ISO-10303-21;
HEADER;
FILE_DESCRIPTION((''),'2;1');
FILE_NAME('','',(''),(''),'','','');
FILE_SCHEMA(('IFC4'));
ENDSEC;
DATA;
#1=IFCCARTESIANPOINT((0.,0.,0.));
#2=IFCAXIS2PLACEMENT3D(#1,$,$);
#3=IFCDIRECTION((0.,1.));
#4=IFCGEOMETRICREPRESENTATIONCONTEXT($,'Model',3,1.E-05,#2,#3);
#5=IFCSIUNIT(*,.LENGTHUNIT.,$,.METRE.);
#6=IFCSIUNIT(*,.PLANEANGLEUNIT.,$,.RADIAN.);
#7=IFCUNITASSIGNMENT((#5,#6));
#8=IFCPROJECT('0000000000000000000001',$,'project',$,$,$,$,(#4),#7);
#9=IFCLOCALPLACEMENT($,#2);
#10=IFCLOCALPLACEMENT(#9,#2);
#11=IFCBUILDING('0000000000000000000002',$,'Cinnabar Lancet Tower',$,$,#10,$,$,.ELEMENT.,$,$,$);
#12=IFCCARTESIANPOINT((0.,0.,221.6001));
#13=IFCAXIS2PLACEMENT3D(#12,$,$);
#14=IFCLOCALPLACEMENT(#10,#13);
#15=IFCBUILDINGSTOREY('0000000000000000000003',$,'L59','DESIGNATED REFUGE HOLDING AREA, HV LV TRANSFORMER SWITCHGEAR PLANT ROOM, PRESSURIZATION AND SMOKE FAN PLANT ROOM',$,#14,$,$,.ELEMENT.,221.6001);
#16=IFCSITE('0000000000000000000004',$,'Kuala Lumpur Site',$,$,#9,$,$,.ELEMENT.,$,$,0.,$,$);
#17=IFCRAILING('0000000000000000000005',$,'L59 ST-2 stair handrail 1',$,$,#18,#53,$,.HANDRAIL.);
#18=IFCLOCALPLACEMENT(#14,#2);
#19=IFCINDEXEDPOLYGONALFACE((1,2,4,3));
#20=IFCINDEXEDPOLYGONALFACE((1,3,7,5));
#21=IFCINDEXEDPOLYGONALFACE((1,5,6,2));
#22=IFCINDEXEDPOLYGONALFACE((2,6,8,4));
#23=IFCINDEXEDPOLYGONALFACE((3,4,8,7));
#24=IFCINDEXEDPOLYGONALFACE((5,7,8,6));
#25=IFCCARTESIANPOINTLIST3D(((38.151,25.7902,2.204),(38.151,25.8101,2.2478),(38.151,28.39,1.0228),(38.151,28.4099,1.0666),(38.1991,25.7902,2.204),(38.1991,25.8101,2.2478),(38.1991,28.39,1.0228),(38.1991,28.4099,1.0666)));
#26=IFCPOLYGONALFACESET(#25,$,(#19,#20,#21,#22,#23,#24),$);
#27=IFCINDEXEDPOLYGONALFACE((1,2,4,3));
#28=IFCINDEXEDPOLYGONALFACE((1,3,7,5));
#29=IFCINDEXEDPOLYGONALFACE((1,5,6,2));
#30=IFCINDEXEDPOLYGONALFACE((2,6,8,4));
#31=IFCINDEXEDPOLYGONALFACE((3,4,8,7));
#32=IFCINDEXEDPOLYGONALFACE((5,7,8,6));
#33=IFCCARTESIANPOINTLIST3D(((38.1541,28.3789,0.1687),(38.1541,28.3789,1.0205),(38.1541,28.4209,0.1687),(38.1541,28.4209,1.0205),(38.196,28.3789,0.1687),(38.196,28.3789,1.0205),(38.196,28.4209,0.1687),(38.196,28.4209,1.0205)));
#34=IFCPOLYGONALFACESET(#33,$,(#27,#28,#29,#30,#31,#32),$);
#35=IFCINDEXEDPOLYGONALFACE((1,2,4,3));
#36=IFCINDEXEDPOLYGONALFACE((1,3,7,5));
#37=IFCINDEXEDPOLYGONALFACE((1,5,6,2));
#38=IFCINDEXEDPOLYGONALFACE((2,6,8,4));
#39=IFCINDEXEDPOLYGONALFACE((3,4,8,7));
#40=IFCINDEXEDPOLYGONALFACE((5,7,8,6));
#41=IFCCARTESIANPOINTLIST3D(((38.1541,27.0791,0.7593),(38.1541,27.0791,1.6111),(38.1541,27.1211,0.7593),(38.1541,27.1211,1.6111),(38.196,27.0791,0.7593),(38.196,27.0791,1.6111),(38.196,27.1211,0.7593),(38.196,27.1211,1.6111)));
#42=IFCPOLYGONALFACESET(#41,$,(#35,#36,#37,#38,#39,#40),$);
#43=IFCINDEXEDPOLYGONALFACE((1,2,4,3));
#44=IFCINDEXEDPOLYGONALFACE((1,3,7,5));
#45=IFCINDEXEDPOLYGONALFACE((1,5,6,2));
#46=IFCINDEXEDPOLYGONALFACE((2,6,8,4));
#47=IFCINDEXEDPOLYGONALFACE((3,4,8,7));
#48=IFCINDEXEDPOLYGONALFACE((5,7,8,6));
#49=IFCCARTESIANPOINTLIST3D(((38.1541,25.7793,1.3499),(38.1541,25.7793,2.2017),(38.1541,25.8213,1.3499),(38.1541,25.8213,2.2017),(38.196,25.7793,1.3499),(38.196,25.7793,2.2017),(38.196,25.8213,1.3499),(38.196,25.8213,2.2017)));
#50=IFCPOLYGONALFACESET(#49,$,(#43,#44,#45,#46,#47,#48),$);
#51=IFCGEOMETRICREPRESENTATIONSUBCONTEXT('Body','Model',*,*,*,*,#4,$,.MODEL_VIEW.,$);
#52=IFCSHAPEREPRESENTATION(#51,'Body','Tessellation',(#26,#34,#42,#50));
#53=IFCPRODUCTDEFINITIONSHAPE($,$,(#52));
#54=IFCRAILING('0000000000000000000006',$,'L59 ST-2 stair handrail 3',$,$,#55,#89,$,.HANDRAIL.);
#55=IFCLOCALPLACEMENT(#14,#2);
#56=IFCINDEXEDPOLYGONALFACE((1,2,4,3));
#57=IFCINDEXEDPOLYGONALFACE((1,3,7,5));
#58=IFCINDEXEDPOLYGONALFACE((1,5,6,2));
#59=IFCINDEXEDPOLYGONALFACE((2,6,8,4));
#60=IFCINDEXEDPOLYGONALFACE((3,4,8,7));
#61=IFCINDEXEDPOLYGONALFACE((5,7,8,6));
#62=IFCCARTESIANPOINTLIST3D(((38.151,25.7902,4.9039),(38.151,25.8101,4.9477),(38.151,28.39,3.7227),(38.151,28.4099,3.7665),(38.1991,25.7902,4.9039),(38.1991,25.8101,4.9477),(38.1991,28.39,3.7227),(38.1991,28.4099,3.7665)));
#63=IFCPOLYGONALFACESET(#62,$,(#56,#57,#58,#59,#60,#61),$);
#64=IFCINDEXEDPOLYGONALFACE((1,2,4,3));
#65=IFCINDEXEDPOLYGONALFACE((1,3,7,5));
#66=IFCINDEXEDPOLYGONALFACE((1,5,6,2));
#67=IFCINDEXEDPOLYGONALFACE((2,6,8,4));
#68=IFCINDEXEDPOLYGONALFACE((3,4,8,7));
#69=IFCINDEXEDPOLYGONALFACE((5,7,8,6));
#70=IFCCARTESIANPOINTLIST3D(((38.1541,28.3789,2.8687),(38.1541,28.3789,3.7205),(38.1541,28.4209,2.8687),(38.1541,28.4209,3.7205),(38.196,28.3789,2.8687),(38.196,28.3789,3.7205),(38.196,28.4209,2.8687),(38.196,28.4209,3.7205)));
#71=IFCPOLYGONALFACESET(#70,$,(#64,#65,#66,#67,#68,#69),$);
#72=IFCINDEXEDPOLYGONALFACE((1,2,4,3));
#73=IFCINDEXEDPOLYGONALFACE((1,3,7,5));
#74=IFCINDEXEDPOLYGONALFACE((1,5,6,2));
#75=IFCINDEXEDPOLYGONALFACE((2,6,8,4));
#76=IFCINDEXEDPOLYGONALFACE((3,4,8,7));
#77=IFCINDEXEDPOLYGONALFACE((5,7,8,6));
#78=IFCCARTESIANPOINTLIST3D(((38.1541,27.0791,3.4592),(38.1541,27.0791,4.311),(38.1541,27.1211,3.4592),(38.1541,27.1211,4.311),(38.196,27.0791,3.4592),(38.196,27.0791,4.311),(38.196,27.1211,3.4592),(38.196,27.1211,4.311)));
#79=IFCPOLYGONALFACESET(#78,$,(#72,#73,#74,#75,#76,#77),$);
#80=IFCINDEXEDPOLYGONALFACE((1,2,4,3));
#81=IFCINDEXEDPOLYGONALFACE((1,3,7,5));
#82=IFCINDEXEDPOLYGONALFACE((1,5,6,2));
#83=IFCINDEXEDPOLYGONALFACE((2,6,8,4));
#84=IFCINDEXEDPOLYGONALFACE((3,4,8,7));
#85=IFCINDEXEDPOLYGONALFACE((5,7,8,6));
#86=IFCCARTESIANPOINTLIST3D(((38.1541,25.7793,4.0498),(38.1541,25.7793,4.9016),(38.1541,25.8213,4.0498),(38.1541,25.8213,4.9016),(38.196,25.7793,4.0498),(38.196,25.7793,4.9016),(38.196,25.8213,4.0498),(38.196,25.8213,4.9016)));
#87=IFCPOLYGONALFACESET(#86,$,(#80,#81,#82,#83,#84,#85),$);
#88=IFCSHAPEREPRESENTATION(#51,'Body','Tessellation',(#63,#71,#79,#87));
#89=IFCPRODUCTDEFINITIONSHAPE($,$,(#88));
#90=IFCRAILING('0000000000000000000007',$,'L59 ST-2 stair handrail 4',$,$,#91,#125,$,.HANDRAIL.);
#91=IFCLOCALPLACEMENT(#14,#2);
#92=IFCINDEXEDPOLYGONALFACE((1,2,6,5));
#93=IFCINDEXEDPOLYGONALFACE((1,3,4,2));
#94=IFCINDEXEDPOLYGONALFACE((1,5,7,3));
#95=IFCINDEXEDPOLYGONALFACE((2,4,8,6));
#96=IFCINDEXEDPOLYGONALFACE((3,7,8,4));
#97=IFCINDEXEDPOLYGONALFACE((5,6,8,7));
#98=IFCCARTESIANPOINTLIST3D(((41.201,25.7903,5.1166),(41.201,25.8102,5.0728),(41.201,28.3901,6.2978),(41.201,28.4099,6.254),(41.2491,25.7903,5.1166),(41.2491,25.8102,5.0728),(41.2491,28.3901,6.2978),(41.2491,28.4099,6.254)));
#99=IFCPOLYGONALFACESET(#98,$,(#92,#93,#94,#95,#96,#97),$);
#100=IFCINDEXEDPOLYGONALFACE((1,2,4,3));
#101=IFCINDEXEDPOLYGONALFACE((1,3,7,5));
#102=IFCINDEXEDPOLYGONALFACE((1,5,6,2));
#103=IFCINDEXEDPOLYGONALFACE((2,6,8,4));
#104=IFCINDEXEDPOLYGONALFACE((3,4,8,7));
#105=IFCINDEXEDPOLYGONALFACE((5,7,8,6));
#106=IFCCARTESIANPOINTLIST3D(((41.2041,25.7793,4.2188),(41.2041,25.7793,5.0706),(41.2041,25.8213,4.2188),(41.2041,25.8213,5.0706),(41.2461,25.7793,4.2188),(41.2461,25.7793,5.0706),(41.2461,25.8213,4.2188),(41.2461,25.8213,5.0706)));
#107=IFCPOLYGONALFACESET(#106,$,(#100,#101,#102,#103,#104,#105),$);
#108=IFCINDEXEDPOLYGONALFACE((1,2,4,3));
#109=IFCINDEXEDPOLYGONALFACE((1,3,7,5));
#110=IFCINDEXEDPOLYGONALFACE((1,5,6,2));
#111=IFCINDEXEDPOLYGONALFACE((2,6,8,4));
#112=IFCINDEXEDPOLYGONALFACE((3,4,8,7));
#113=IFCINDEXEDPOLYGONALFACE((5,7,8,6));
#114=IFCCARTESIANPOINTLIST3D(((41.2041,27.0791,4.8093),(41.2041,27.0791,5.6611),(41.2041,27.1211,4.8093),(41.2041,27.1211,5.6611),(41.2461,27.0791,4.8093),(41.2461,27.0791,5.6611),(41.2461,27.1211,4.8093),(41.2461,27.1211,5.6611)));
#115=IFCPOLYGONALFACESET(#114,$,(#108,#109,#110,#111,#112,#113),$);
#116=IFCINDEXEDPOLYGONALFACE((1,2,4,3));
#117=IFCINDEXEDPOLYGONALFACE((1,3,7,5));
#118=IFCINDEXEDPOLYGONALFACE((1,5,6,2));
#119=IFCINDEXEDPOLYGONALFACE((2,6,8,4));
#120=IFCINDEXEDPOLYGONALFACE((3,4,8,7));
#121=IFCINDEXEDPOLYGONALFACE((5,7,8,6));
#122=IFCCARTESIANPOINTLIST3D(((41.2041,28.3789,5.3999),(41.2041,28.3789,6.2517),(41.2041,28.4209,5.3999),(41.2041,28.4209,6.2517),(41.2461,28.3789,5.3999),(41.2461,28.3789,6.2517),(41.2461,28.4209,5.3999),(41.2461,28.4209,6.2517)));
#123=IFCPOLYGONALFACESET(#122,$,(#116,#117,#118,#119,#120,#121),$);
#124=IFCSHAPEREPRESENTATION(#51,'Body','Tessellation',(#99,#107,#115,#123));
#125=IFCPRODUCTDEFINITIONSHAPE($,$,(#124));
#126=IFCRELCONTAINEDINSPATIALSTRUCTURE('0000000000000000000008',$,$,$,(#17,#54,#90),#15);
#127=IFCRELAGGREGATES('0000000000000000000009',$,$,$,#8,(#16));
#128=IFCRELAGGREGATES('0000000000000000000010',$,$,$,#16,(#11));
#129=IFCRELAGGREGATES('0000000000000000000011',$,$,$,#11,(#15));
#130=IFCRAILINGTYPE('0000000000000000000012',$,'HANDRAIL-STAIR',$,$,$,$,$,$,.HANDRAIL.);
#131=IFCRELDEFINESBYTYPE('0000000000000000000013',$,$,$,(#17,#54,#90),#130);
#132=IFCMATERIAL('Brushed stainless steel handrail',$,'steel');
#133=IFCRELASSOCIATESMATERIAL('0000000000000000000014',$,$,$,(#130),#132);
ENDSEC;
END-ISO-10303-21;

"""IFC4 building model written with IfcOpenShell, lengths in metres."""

from ifc_helpers import new_model, si_unit, direction, frame, origin, origin_2d, place, context, subcontext, project, spatial, rectangle, extrude, material, type_object, element, save


model = new_model("IFC4")

# Units and contexts
model_context = context("Model", 3, precision=1e-05, world=origin(), true_north=direction((0.0, 1.0)))
body_context = subcontext(model_context, "Body", "Model", "MODEL_VIEW")
ifc_project = project(units=[si_unit("LENGTHUNIT", "METRE"), si_unit("PLANEANGLEUNIT", "RADIAN")], contexts=[model_context])

# Site, building, storey
site_placement = place(None, origin())
site = spatial("IfcSite", under=ifc_project, at=site_placement, Name="Kuala Lumpur Site", CompositionType="ELEMENT", RefElevation=0.0)
building_placement = place(site_placement, origin())
building = spatial("IfcBuilding", under=site, at=building_placement, Name="Cinnabar Lancet Tower", CompositionType="ELEMENT")
storey_placement = place(building_placement, frame((0.0, 0.0, 221.6001)))
storey = spatial("IfcBuildingStorey", under=building, at=storey_placement, Name="L59", Description="DESIGNATED REFUGE HOLDING AREA, HV LV TRANSFORMER SWITCHGEAR PLANT ROOM, PRESSURIZATION AND SMOKE FAN PLANT ROOM", CompositionType="ELEMENT", Elevation=221.6001)

# Railings
ifc_material_1 = material(Name="Brushed stainless steel handrail", Category="steel")
railing_type_1 = type_object("IfcRailingType", Name="HANDRAIL-STAIR", PredefinedType="HANDRAIL", material=ifc_material_1)
for number, where, name in (
    (1, (38.175, 28.3999, 0.1687), "L59 ST-2 stair handrail 1"),
    (2, (38.175, 28.3999, 2.8687), "L59 ST-2 stair handrail 3"),
):
    element("IfcRailing", number, at=place(storey_placement, frame(where)), inside=storey, type_object=railing_type_1, Name=name, PredefinedType="HANDRAIL", context=body_context, shape_type="SweptSolid", body=[
        extrude(rectangle(XDim=0.0481, YDim=0.0481, at=origin_2d()), frame((0.0, 0.0, 0.876), z_axis=(0.0, -0.910431, 0.413661), x_axis=(1.0, 0.0, 0.0)), (0.0, 0.0, 1.0), 2.8555),
        extrude(rectangle(XDim=0.042, YDim=0.042, at=origin_2d()), origin(), (0.0, 0.0, 1.0), 0.8518),
        extrude(rectangle(XDim=0.042, YDim=0.042, at=origin_2d()), frame((0.0, -1.2998, 0.5906)), (0.0, 0.0, 1.0), 0.8518),
        extrude(rectangle(XDim=0.042, YDim=0.042, at=origin_2d()), frame((0.0, -2.5996, 1.1812)), (0.0, 0.0, 1.0), 0.8518),
    ])
railing_1_placement = place(storey_placement, frame((41.2251, 25.8003, 4.2188)))
element("IfcRailing", 3, at=railing_1_placement, inside=storey, type_object=railing_type_1, Name="L59 ST-2 stair handrail 4", PredefinedType="HANDRAIL", context=body_context, shape_type="SweptSolid", body=[
    extrude(rectangle(XDim=0.0481, YDim=0.0481, at=origin_2d()), frame((0.0, 0.0, 0.876), z_axis=(0.0, 0.910431, 0.413661), x_axis=(-1.0, 0.0, 0.0)), (0.0, 0.0, 1.0), 2.8555),
    extrude(rectangle(XDim=0.042, YDim=0.042, at=origin_2d()), origin(), (0.0, 0.0, 1.0), 0.8518),
    extrude(rectangle(XDim=0.042, YDim=0.042, at=origin_2d()), frame((0.0, 1.2998, 0.5906)), (0.0, 0.0, 1.0), 0.8518),
    extrude(rectangle(XDim=0.042, YDim=0.042, at=origin_2d()), frame((0.0, 2.5996, 1.1812)), (0.0, 0.0, 1.0), 0.8518),
])

save(model, "model.ifc")
